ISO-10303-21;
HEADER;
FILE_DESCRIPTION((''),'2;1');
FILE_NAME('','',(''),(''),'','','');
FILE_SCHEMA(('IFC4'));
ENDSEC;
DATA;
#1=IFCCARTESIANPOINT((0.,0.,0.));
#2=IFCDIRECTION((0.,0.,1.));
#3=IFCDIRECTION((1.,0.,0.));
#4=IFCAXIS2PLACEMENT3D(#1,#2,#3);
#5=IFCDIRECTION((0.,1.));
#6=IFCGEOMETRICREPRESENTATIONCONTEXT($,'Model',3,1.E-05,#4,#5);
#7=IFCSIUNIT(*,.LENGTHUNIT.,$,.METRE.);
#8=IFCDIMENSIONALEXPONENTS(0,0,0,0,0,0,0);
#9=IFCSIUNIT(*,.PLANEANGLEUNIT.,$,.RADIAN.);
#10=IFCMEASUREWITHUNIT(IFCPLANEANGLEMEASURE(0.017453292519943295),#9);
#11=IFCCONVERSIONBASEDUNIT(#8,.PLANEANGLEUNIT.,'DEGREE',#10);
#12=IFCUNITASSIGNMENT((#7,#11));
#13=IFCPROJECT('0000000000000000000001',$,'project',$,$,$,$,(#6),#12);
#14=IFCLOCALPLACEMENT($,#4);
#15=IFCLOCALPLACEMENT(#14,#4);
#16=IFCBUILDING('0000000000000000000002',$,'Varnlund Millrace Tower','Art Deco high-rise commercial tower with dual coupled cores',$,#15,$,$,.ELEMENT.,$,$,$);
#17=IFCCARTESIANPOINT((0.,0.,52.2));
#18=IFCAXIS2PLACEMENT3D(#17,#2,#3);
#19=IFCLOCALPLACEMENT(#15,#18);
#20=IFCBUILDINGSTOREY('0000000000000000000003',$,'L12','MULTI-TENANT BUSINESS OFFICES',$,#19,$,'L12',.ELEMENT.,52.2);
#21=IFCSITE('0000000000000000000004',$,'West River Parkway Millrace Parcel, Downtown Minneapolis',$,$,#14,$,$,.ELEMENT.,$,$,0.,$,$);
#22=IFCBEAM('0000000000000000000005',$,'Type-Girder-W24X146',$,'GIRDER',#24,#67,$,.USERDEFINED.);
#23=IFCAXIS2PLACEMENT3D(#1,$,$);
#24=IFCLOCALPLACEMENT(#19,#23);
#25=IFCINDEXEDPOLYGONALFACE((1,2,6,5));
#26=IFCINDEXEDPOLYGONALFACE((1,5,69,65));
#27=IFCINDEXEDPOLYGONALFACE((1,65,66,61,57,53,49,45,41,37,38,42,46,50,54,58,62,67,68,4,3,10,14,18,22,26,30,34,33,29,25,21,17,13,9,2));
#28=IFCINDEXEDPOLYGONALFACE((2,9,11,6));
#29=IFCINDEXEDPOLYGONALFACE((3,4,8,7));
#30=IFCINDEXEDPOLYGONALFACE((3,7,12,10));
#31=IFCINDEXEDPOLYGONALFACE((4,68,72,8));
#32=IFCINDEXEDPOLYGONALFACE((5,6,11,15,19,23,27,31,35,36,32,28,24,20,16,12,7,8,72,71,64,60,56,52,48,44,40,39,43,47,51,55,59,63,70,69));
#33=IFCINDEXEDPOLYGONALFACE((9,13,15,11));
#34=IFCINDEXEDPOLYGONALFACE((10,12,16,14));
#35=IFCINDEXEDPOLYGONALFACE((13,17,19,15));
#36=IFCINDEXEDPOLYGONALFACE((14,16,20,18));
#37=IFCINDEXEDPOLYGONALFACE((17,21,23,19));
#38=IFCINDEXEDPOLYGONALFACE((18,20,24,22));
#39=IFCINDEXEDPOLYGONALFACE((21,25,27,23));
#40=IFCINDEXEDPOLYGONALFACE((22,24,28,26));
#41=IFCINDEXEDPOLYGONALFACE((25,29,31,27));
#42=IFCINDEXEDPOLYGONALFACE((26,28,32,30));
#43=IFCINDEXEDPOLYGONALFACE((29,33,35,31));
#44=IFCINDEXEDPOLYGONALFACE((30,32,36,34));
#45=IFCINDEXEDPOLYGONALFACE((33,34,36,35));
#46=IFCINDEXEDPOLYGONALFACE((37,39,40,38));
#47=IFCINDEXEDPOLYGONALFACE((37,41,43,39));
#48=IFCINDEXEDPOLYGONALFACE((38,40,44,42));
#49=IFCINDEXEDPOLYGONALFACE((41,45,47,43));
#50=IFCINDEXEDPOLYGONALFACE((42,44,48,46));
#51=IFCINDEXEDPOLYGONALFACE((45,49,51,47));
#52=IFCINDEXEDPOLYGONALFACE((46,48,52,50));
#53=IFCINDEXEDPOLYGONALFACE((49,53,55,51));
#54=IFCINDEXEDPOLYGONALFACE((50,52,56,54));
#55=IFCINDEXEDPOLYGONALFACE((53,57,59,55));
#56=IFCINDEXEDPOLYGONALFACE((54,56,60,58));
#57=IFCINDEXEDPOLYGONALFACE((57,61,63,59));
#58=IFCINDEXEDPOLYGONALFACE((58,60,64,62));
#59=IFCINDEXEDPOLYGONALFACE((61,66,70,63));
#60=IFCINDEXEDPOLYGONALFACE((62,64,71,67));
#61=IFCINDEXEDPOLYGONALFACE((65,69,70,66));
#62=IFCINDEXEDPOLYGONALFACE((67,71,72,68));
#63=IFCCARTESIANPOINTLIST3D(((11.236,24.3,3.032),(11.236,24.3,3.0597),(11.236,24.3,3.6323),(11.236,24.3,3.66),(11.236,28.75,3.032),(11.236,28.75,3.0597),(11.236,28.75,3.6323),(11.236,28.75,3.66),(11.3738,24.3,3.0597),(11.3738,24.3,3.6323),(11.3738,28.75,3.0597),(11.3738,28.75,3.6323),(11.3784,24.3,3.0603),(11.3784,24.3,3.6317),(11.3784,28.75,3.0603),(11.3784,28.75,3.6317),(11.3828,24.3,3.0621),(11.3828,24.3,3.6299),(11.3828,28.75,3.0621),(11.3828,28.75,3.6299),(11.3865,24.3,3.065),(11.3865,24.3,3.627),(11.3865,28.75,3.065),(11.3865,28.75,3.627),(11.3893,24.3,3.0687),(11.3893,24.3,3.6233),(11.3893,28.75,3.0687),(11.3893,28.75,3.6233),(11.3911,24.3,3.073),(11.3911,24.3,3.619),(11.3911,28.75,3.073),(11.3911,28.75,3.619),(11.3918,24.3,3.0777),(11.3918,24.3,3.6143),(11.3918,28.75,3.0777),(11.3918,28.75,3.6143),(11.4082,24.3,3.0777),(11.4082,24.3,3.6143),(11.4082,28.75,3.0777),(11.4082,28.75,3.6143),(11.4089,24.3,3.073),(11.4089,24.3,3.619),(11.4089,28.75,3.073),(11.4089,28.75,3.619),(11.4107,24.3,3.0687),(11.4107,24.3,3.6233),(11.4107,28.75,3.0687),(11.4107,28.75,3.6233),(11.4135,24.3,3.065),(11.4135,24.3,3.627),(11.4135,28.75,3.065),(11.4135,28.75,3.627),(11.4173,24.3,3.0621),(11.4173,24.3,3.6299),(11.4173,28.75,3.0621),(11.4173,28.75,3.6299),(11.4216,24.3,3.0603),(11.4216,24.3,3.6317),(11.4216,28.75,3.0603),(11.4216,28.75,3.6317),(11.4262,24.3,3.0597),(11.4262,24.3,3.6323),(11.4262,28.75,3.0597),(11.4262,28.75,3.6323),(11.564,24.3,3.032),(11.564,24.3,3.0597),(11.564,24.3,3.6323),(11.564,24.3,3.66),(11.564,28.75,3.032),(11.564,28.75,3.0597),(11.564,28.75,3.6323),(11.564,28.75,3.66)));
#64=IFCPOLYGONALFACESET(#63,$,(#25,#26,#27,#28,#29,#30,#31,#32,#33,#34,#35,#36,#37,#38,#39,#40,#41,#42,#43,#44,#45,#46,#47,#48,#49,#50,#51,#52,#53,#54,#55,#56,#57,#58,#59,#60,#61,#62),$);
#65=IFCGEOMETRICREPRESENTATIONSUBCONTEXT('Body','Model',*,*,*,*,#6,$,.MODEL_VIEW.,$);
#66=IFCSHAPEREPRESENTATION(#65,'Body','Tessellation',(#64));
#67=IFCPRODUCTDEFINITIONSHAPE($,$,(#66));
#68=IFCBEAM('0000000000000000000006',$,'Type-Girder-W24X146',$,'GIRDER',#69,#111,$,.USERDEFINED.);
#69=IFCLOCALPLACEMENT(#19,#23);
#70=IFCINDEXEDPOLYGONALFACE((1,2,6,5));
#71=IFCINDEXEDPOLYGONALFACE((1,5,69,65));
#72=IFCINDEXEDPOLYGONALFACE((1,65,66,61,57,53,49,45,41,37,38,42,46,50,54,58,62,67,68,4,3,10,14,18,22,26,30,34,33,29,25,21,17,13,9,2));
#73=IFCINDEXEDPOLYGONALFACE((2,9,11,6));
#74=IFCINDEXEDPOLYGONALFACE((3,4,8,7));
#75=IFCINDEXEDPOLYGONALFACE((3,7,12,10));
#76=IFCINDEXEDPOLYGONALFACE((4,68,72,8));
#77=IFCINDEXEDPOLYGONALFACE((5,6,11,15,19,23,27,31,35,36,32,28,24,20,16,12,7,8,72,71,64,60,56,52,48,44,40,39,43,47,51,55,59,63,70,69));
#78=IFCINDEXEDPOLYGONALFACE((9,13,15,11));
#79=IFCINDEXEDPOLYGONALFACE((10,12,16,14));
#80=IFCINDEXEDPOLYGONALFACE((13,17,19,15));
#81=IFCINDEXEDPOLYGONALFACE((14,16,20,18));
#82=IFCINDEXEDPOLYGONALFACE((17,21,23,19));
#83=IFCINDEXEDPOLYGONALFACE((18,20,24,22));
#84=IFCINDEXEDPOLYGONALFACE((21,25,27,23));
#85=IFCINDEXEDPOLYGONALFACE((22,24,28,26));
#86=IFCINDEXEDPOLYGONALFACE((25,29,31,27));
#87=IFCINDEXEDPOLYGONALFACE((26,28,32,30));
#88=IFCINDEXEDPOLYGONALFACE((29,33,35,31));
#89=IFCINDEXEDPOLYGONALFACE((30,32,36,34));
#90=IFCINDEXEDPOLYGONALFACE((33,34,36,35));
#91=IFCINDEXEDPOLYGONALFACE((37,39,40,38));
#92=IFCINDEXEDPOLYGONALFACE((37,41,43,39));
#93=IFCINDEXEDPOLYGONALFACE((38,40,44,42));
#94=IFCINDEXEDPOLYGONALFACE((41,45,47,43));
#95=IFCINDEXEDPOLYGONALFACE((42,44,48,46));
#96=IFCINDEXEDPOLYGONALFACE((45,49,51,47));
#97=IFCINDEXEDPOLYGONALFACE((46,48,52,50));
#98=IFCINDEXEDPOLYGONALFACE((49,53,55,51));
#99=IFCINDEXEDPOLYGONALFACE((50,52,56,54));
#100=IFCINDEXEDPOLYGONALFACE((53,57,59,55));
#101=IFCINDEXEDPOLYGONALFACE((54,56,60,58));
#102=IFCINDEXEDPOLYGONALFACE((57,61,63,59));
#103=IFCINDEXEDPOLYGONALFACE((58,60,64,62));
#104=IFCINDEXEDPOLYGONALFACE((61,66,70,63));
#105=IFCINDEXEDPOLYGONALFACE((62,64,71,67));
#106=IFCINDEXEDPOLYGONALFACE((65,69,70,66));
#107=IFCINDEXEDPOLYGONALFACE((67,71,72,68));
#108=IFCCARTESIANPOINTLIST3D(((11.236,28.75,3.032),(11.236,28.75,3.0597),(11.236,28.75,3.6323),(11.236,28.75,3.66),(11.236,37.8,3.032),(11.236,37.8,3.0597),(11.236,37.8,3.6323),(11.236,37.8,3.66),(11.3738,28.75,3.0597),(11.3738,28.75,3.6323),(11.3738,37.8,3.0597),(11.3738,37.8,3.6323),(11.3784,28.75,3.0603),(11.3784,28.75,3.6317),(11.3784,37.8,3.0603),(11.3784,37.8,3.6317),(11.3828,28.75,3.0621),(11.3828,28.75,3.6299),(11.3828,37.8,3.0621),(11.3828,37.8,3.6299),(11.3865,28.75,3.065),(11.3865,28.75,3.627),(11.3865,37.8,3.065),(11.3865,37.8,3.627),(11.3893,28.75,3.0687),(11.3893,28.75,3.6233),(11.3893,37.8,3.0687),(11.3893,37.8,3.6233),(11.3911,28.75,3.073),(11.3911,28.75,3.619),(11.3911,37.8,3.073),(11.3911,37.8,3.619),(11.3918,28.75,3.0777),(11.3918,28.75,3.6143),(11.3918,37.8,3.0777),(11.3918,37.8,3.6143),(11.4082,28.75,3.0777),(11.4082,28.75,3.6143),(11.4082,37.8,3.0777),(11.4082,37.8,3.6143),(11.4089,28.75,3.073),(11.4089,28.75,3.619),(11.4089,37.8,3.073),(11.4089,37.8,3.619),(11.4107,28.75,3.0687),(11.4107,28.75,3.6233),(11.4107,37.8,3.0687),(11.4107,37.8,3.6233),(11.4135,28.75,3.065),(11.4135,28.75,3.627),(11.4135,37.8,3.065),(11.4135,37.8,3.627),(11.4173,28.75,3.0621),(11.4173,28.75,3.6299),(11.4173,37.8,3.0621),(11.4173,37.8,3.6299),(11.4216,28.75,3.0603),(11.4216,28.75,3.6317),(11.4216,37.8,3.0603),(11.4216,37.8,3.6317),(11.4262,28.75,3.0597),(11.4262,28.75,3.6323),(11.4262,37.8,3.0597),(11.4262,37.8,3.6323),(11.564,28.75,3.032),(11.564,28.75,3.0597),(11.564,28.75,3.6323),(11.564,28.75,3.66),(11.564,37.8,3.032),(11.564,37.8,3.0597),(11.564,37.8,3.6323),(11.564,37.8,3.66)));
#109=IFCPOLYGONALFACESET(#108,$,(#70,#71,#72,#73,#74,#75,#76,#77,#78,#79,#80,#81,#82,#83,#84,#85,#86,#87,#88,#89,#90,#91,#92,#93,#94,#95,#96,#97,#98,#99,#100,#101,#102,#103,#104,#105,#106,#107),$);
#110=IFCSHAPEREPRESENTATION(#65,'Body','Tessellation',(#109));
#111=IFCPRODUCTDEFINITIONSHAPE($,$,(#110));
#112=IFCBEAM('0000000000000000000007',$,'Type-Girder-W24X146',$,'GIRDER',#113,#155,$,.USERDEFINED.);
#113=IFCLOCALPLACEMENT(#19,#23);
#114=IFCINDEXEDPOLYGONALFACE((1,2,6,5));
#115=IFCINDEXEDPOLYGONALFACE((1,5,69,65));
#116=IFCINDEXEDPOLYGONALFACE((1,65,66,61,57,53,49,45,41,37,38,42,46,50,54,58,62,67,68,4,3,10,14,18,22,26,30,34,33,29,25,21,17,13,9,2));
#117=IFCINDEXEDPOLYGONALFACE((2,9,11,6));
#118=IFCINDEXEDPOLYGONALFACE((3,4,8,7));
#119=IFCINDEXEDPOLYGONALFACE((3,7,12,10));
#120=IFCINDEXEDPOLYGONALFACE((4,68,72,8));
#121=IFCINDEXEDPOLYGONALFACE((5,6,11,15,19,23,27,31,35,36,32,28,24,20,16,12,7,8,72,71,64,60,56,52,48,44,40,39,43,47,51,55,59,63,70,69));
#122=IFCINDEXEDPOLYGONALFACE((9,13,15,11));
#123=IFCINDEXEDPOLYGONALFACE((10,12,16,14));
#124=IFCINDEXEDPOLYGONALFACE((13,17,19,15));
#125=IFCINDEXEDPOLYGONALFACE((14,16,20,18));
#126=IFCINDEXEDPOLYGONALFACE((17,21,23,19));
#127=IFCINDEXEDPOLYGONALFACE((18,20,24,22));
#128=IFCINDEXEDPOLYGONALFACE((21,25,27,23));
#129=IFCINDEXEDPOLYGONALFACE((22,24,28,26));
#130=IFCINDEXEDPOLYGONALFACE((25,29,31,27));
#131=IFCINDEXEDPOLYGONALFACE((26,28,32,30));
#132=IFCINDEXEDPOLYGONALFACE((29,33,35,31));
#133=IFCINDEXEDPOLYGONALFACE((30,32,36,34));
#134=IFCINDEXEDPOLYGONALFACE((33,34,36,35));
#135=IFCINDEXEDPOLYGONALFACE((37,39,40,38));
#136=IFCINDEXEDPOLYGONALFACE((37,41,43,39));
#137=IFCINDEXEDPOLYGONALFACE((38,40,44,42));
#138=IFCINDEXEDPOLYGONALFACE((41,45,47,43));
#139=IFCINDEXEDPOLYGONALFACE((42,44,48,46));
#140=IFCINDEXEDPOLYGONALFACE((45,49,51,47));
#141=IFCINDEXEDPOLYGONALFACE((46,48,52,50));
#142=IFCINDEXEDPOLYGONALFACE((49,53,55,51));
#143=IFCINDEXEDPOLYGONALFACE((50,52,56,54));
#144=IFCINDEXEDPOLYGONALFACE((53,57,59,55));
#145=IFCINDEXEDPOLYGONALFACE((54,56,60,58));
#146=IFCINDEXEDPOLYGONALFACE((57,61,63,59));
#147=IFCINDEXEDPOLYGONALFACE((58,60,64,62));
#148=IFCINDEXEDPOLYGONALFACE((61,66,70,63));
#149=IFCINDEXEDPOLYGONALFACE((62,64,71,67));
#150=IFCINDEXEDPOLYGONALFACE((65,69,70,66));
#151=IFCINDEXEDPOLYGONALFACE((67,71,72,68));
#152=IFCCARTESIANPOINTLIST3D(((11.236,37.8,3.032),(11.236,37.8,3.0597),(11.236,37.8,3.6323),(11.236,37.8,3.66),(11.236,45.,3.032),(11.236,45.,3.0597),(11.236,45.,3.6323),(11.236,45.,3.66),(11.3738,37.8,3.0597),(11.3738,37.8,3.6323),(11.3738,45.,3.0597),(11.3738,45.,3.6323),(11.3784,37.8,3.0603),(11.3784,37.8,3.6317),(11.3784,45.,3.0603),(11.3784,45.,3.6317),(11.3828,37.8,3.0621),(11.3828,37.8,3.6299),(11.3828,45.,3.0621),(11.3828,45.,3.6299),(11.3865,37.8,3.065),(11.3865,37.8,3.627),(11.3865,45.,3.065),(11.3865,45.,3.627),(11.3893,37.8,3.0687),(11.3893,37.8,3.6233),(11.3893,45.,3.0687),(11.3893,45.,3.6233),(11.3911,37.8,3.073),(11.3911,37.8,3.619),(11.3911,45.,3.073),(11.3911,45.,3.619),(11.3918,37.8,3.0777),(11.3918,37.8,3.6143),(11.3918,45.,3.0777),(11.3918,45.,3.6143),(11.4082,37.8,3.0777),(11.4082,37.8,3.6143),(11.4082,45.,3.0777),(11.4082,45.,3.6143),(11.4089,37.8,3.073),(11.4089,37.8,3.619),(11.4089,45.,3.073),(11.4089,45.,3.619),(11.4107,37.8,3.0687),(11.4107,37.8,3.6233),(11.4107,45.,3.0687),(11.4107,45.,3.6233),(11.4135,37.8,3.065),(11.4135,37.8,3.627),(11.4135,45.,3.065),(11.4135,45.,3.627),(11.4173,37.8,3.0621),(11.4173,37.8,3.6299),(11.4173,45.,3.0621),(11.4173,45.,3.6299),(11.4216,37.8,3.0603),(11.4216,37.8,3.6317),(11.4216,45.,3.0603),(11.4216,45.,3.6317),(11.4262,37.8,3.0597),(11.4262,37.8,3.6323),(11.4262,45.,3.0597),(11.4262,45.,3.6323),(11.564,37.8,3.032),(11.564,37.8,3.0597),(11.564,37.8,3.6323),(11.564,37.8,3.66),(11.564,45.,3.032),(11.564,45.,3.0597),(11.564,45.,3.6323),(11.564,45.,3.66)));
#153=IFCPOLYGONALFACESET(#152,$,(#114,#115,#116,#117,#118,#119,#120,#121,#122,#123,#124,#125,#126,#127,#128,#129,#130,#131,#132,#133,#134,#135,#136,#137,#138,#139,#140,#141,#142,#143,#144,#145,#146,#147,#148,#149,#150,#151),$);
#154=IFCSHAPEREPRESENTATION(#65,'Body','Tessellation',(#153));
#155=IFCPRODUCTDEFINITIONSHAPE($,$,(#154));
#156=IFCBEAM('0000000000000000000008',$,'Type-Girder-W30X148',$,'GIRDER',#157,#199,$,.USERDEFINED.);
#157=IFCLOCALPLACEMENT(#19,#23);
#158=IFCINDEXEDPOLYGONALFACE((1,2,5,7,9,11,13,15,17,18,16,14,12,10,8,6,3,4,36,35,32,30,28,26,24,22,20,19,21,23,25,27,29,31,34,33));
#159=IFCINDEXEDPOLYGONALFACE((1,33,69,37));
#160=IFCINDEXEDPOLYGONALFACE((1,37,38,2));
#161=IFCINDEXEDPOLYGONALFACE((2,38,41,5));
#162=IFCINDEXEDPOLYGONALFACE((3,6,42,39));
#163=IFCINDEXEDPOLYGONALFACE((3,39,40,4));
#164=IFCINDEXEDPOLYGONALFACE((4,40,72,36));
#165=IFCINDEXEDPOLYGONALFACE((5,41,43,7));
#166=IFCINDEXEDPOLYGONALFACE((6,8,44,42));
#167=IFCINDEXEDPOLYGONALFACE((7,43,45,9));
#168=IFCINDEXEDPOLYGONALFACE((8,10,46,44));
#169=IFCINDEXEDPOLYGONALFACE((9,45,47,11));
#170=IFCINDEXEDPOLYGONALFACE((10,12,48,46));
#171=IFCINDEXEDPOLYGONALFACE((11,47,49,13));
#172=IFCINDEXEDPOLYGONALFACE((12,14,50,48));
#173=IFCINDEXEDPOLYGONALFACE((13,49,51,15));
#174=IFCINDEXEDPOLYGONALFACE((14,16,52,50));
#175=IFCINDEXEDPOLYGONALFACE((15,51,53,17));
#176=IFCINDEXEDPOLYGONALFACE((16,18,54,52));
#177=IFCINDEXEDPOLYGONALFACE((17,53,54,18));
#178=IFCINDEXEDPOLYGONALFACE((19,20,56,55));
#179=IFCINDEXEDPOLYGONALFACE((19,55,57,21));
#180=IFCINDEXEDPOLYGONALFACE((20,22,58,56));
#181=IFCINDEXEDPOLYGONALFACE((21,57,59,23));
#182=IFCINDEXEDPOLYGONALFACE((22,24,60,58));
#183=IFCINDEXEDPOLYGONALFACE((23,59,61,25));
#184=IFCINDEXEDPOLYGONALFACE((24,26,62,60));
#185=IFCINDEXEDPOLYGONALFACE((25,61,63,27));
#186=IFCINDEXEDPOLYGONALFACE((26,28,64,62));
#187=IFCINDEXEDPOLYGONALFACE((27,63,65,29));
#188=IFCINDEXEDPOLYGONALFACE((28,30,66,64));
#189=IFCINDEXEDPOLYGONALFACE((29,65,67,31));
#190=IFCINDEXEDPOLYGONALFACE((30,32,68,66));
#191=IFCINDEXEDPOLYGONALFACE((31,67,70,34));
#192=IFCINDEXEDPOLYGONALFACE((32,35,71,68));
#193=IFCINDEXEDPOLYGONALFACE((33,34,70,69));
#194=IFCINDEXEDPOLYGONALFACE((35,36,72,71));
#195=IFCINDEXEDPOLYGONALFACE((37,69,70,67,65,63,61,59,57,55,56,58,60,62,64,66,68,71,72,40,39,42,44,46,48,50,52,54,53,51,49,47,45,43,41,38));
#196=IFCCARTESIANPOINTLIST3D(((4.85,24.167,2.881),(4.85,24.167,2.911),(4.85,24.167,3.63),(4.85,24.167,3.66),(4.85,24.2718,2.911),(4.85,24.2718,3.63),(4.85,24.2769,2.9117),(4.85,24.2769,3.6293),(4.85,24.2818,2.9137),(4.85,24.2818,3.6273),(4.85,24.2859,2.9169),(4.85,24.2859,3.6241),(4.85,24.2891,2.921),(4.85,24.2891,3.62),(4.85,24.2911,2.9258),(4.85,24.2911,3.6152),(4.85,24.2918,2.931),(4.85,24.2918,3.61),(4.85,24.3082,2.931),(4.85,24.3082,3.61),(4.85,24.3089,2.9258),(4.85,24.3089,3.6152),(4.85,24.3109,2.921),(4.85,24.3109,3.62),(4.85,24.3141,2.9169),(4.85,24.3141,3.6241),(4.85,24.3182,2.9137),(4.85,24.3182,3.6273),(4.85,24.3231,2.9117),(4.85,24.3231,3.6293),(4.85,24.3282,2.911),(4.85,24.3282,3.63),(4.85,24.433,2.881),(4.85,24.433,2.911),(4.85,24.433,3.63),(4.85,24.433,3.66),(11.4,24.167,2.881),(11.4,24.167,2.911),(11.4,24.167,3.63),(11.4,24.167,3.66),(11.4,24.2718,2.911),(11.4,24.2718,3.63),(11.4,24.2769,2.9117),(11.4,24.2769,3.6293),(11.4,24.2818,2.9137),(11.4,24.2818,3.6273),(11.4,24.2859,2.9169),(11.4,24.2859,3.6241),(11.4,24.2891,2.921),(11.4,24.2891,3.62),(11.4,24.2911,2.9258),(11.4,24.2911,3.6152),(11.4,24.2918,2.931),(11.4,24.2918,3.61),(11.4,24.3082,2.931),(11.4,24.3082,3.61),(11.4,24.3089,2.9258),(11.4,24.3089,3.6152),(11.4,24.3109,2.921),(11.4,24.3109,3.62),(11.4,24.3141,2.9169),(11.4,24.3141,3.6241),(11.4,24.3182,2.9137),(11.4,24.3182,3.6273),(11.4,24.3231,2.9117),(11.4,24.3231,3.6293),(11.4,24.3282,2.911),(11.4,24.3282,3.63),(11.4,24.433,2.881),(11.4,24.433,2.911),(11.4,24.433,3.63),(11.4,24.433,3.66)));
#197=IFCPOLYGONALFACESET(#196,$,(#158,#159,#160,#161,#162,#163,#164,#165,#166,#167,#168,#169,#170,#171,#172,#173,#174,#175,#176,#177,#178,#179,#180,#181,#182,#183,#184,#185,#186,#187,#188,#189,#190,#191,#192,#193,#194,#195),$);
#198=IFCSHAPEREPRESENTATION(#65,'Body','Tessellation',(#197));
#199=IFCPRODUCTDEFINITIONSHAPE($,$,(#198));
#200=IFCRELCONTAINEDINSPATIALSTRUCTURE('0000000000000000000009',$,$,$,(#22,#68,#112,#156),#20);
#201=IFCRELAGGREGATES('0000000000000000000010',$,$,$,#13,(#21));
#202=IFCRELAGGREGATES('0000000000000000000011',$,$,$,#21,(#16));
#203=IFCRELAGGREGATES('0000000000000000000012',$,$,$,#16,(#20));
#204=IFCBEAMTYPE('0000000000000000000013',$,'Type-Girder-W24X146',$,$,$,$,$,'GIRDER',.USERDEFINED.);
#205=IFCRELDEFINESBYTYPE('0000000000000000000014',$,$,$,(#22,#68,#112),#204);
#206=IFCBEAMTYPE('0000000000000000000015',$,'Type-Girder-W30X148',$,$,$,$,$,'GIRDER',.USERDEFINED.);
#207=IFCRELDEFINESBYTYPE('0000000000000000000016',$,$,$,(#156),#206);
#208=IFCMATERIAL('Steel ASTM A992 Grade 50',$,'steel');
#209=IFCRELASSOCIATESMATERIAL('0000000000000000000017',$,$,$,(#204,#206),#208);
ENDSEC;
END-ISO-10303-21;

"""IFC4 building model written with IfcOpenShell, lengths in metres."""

from ifc_helpers import new_model, entity, si_unit, converted_unit, direction, frame, origin_with_axes, origin_2d_with_axis, place, context, subcontext, project, spatial, i_section, extrude, material, material_profile, profile_set, type_object, element, save


model = new_model("IFC4")

# Units and contexts
model_context = context("Model", 3, precision=1e-05, world=origin_with_axes(), true_north=direction((0.0, 1.0)))
body_context = subcontext(model_context, "Body", "Model", "MODEL_VIEW")
ifc_project = project(units=[si_unit("LENGTHUNIT", "METRE"), converted_unit("PLANEANGLEUNIT", "DEGREE", entity("IfcPlaneAngleMeasure", 0.017453292519943295), si_unit("PLANEANGLEUNIT", "RADIAN"), dimensions=[0, 0, 0, 0, 0, 0, 0])], contexts=[model_context])

# Site, building, storey
site_placement = place(None, origin_with_axes())
site = spatial("IfcSite", under=ifc_project, at=site_placement, Name="West River Parkway Millrace Parcel, Downtown Minneapolis", CompositionType="ELEMENT", RefElevation=0.0)
building_placement = place(site_placement, origin_with_axes())
building = spatial("IfcBuilding", under=site, at=building_placement, Name="Varnlund Millrace Tower", Description="Art Deco high-rise commercial tower with dual coupled cores", CompositionType="ELEMENT")
storey_placement = place(building_placement, frame((0.0, 0.0, 52.2), z_axis=(0.0, 0.0, 1.0), x_axis=(1.0, 0.0, 0.0)))
storey = spatial("IfcBuildingStorey", under=building, at=storey_placement, Name="L12", Description="MULTI-TENANT BUSINESS OFFICES", LongName="L12", CompositionType="ELEMENT", Elevation=52.2)

# Beams
ifc_material_1 = material(Name="Steel ASTM A992 Grade 50", Category="steel")
ifc_material_profile_1 = material_profile(ifc_material_1, i_section(OverallWidth=0.328, OverallDepth=0.628, WebThickness=0.0165, FlangeThickness=0.0277, FilletRadius=0.018, at=origin_2d_with_axis()), Name="Steel ASTM A992 Grade 50")
ifc_profile_set_1 = profile_set([ifc_material_profile_1], Name="Steel ASTM A992 Grade 50")
beam_type_1 = type_object("IfcBeamType", Name="Type-Girder-W24X146", ElementType="GIRDER", PredefinedType="USERDEFINED", material=ifc_profile_set_1)
beam_1_placement = place(storey_placement, frame((11.4, 24.3, 3.346), z_axis=(0.0, 1.0, 0.0), x_axis=(-1.0, 0.0, 0.0)))
element("IfcBeam", 1, at=beam_1_placement, inside=storey, type_object=beam_type_1, Name="Type-Girder-W24X146", ObjectType="GIRDER", PredefinedType="USERDEFINED", context=body_context, shape_type="SweptSolid", body=[
    extrude(i_section(OverallWidth=0.328, OverallDepth=0.628, WebThickness=0.0165, FlangeThickness=0.0277, FilletRadius=0.018, at=origin_2d_with_axis()), origin_with_axes(), (0.0, 0.0, 1.0), 4.45),
])
beam_2_placement = place(storey_placement, frame((11.4, 28.75, 3.346), z_axis=(0.0, 1.0, 0.0), x_axis=(-1.0, 0.0, 0.0)))
element("IfcBeam", 2, at=beam_2_placement, inside=storey, type_object=beam_type_1, Name="Type-Girder-W24X146", ObjectType="GIRDER", PredefinedType="USERDEFINED", context=body_context, shape_type="SweptSolid", body=[
    extrude(i_section(OverallWidth=0.328, OverallDepth=0.628, WebThickness=0.0165, FlangeThickness=0.0277, FilletRadius=0.018, at=origin_2d_with_axis()), origin_with_axes(), (0.0, 0.0, 1.0), 9.05),
])
beam_3_placement = place(storey_placement, frame((11.4, 37.8, 3.346), z_axis=(0.0, 1.0, 0.0), x_axis=(-1.0, 0.0, 0.0)))
element("IfcBeam", 3, at=beam_3_placement, inside=storey, type_object=beam_type_1, Name="Type-Girder-W24X146", ObjectType="GIRDER", PredefinedType="USERDEFINED", context=body_context, shape_type="SweptSolid", body=[
    extrude(i_section(OverallWidth=0.328, OverallDepth=0.628, WebThickness=0.0165, FlangeThickness=0.0277, FilletRadius=0.018, at=origin_2d_with_axis()), origin_with_axes(), (0.0, 0.0, 1.0), 7.2),
])
ifc_material_profile_2 = material_profile(ifc_material_1, i_section(OverallWidth=0.266, OverallDepth=0.779, WebThickness=0.0165, FlangeThickness=0.03, FilletRadius=0.02, at=origin_2d_with_axis()), Name="Steel ASTM A992 Grade 50")
ifc_profile_set_2 = profile_set([ifc_material_profile_2], Name="Steel ASTM A992 Grade 50")
beam_type_2 = type_object("IfcBeamType", Name="Type-Girder-W30X148", ElementType="GIRDER", PredefinedType="USERDEFINED", material=ifc_profile_set_2)
beam_4_placement = place(storey_placement, frame((4.85, 24.3, 3.2705), z_axis=(1.0, 0.0, 0.0), x_axis=(0.0, 1.0, 0.0)))
element("IfcBeam", 4, at=beam_4_placement, inside=storey, type_object=beam_type_2, Name="Type-Girder-W30X148", ObjectType="GIRDER", PredefinedType="USERDEFINED", context=body_context, shape_type="SweptSolid", body=[
    extrude(i_section(OverallWidth=0.266, OverallDepth=0.779, WebThickness=0.0165, FlangeThickness=0.03, FilletRadius=0.02, at=origin_2d_with_axis()), origin_with_axes(), (0.0, 0.0, 1.0), 6.55),
])

save(model, "model.ifc")
